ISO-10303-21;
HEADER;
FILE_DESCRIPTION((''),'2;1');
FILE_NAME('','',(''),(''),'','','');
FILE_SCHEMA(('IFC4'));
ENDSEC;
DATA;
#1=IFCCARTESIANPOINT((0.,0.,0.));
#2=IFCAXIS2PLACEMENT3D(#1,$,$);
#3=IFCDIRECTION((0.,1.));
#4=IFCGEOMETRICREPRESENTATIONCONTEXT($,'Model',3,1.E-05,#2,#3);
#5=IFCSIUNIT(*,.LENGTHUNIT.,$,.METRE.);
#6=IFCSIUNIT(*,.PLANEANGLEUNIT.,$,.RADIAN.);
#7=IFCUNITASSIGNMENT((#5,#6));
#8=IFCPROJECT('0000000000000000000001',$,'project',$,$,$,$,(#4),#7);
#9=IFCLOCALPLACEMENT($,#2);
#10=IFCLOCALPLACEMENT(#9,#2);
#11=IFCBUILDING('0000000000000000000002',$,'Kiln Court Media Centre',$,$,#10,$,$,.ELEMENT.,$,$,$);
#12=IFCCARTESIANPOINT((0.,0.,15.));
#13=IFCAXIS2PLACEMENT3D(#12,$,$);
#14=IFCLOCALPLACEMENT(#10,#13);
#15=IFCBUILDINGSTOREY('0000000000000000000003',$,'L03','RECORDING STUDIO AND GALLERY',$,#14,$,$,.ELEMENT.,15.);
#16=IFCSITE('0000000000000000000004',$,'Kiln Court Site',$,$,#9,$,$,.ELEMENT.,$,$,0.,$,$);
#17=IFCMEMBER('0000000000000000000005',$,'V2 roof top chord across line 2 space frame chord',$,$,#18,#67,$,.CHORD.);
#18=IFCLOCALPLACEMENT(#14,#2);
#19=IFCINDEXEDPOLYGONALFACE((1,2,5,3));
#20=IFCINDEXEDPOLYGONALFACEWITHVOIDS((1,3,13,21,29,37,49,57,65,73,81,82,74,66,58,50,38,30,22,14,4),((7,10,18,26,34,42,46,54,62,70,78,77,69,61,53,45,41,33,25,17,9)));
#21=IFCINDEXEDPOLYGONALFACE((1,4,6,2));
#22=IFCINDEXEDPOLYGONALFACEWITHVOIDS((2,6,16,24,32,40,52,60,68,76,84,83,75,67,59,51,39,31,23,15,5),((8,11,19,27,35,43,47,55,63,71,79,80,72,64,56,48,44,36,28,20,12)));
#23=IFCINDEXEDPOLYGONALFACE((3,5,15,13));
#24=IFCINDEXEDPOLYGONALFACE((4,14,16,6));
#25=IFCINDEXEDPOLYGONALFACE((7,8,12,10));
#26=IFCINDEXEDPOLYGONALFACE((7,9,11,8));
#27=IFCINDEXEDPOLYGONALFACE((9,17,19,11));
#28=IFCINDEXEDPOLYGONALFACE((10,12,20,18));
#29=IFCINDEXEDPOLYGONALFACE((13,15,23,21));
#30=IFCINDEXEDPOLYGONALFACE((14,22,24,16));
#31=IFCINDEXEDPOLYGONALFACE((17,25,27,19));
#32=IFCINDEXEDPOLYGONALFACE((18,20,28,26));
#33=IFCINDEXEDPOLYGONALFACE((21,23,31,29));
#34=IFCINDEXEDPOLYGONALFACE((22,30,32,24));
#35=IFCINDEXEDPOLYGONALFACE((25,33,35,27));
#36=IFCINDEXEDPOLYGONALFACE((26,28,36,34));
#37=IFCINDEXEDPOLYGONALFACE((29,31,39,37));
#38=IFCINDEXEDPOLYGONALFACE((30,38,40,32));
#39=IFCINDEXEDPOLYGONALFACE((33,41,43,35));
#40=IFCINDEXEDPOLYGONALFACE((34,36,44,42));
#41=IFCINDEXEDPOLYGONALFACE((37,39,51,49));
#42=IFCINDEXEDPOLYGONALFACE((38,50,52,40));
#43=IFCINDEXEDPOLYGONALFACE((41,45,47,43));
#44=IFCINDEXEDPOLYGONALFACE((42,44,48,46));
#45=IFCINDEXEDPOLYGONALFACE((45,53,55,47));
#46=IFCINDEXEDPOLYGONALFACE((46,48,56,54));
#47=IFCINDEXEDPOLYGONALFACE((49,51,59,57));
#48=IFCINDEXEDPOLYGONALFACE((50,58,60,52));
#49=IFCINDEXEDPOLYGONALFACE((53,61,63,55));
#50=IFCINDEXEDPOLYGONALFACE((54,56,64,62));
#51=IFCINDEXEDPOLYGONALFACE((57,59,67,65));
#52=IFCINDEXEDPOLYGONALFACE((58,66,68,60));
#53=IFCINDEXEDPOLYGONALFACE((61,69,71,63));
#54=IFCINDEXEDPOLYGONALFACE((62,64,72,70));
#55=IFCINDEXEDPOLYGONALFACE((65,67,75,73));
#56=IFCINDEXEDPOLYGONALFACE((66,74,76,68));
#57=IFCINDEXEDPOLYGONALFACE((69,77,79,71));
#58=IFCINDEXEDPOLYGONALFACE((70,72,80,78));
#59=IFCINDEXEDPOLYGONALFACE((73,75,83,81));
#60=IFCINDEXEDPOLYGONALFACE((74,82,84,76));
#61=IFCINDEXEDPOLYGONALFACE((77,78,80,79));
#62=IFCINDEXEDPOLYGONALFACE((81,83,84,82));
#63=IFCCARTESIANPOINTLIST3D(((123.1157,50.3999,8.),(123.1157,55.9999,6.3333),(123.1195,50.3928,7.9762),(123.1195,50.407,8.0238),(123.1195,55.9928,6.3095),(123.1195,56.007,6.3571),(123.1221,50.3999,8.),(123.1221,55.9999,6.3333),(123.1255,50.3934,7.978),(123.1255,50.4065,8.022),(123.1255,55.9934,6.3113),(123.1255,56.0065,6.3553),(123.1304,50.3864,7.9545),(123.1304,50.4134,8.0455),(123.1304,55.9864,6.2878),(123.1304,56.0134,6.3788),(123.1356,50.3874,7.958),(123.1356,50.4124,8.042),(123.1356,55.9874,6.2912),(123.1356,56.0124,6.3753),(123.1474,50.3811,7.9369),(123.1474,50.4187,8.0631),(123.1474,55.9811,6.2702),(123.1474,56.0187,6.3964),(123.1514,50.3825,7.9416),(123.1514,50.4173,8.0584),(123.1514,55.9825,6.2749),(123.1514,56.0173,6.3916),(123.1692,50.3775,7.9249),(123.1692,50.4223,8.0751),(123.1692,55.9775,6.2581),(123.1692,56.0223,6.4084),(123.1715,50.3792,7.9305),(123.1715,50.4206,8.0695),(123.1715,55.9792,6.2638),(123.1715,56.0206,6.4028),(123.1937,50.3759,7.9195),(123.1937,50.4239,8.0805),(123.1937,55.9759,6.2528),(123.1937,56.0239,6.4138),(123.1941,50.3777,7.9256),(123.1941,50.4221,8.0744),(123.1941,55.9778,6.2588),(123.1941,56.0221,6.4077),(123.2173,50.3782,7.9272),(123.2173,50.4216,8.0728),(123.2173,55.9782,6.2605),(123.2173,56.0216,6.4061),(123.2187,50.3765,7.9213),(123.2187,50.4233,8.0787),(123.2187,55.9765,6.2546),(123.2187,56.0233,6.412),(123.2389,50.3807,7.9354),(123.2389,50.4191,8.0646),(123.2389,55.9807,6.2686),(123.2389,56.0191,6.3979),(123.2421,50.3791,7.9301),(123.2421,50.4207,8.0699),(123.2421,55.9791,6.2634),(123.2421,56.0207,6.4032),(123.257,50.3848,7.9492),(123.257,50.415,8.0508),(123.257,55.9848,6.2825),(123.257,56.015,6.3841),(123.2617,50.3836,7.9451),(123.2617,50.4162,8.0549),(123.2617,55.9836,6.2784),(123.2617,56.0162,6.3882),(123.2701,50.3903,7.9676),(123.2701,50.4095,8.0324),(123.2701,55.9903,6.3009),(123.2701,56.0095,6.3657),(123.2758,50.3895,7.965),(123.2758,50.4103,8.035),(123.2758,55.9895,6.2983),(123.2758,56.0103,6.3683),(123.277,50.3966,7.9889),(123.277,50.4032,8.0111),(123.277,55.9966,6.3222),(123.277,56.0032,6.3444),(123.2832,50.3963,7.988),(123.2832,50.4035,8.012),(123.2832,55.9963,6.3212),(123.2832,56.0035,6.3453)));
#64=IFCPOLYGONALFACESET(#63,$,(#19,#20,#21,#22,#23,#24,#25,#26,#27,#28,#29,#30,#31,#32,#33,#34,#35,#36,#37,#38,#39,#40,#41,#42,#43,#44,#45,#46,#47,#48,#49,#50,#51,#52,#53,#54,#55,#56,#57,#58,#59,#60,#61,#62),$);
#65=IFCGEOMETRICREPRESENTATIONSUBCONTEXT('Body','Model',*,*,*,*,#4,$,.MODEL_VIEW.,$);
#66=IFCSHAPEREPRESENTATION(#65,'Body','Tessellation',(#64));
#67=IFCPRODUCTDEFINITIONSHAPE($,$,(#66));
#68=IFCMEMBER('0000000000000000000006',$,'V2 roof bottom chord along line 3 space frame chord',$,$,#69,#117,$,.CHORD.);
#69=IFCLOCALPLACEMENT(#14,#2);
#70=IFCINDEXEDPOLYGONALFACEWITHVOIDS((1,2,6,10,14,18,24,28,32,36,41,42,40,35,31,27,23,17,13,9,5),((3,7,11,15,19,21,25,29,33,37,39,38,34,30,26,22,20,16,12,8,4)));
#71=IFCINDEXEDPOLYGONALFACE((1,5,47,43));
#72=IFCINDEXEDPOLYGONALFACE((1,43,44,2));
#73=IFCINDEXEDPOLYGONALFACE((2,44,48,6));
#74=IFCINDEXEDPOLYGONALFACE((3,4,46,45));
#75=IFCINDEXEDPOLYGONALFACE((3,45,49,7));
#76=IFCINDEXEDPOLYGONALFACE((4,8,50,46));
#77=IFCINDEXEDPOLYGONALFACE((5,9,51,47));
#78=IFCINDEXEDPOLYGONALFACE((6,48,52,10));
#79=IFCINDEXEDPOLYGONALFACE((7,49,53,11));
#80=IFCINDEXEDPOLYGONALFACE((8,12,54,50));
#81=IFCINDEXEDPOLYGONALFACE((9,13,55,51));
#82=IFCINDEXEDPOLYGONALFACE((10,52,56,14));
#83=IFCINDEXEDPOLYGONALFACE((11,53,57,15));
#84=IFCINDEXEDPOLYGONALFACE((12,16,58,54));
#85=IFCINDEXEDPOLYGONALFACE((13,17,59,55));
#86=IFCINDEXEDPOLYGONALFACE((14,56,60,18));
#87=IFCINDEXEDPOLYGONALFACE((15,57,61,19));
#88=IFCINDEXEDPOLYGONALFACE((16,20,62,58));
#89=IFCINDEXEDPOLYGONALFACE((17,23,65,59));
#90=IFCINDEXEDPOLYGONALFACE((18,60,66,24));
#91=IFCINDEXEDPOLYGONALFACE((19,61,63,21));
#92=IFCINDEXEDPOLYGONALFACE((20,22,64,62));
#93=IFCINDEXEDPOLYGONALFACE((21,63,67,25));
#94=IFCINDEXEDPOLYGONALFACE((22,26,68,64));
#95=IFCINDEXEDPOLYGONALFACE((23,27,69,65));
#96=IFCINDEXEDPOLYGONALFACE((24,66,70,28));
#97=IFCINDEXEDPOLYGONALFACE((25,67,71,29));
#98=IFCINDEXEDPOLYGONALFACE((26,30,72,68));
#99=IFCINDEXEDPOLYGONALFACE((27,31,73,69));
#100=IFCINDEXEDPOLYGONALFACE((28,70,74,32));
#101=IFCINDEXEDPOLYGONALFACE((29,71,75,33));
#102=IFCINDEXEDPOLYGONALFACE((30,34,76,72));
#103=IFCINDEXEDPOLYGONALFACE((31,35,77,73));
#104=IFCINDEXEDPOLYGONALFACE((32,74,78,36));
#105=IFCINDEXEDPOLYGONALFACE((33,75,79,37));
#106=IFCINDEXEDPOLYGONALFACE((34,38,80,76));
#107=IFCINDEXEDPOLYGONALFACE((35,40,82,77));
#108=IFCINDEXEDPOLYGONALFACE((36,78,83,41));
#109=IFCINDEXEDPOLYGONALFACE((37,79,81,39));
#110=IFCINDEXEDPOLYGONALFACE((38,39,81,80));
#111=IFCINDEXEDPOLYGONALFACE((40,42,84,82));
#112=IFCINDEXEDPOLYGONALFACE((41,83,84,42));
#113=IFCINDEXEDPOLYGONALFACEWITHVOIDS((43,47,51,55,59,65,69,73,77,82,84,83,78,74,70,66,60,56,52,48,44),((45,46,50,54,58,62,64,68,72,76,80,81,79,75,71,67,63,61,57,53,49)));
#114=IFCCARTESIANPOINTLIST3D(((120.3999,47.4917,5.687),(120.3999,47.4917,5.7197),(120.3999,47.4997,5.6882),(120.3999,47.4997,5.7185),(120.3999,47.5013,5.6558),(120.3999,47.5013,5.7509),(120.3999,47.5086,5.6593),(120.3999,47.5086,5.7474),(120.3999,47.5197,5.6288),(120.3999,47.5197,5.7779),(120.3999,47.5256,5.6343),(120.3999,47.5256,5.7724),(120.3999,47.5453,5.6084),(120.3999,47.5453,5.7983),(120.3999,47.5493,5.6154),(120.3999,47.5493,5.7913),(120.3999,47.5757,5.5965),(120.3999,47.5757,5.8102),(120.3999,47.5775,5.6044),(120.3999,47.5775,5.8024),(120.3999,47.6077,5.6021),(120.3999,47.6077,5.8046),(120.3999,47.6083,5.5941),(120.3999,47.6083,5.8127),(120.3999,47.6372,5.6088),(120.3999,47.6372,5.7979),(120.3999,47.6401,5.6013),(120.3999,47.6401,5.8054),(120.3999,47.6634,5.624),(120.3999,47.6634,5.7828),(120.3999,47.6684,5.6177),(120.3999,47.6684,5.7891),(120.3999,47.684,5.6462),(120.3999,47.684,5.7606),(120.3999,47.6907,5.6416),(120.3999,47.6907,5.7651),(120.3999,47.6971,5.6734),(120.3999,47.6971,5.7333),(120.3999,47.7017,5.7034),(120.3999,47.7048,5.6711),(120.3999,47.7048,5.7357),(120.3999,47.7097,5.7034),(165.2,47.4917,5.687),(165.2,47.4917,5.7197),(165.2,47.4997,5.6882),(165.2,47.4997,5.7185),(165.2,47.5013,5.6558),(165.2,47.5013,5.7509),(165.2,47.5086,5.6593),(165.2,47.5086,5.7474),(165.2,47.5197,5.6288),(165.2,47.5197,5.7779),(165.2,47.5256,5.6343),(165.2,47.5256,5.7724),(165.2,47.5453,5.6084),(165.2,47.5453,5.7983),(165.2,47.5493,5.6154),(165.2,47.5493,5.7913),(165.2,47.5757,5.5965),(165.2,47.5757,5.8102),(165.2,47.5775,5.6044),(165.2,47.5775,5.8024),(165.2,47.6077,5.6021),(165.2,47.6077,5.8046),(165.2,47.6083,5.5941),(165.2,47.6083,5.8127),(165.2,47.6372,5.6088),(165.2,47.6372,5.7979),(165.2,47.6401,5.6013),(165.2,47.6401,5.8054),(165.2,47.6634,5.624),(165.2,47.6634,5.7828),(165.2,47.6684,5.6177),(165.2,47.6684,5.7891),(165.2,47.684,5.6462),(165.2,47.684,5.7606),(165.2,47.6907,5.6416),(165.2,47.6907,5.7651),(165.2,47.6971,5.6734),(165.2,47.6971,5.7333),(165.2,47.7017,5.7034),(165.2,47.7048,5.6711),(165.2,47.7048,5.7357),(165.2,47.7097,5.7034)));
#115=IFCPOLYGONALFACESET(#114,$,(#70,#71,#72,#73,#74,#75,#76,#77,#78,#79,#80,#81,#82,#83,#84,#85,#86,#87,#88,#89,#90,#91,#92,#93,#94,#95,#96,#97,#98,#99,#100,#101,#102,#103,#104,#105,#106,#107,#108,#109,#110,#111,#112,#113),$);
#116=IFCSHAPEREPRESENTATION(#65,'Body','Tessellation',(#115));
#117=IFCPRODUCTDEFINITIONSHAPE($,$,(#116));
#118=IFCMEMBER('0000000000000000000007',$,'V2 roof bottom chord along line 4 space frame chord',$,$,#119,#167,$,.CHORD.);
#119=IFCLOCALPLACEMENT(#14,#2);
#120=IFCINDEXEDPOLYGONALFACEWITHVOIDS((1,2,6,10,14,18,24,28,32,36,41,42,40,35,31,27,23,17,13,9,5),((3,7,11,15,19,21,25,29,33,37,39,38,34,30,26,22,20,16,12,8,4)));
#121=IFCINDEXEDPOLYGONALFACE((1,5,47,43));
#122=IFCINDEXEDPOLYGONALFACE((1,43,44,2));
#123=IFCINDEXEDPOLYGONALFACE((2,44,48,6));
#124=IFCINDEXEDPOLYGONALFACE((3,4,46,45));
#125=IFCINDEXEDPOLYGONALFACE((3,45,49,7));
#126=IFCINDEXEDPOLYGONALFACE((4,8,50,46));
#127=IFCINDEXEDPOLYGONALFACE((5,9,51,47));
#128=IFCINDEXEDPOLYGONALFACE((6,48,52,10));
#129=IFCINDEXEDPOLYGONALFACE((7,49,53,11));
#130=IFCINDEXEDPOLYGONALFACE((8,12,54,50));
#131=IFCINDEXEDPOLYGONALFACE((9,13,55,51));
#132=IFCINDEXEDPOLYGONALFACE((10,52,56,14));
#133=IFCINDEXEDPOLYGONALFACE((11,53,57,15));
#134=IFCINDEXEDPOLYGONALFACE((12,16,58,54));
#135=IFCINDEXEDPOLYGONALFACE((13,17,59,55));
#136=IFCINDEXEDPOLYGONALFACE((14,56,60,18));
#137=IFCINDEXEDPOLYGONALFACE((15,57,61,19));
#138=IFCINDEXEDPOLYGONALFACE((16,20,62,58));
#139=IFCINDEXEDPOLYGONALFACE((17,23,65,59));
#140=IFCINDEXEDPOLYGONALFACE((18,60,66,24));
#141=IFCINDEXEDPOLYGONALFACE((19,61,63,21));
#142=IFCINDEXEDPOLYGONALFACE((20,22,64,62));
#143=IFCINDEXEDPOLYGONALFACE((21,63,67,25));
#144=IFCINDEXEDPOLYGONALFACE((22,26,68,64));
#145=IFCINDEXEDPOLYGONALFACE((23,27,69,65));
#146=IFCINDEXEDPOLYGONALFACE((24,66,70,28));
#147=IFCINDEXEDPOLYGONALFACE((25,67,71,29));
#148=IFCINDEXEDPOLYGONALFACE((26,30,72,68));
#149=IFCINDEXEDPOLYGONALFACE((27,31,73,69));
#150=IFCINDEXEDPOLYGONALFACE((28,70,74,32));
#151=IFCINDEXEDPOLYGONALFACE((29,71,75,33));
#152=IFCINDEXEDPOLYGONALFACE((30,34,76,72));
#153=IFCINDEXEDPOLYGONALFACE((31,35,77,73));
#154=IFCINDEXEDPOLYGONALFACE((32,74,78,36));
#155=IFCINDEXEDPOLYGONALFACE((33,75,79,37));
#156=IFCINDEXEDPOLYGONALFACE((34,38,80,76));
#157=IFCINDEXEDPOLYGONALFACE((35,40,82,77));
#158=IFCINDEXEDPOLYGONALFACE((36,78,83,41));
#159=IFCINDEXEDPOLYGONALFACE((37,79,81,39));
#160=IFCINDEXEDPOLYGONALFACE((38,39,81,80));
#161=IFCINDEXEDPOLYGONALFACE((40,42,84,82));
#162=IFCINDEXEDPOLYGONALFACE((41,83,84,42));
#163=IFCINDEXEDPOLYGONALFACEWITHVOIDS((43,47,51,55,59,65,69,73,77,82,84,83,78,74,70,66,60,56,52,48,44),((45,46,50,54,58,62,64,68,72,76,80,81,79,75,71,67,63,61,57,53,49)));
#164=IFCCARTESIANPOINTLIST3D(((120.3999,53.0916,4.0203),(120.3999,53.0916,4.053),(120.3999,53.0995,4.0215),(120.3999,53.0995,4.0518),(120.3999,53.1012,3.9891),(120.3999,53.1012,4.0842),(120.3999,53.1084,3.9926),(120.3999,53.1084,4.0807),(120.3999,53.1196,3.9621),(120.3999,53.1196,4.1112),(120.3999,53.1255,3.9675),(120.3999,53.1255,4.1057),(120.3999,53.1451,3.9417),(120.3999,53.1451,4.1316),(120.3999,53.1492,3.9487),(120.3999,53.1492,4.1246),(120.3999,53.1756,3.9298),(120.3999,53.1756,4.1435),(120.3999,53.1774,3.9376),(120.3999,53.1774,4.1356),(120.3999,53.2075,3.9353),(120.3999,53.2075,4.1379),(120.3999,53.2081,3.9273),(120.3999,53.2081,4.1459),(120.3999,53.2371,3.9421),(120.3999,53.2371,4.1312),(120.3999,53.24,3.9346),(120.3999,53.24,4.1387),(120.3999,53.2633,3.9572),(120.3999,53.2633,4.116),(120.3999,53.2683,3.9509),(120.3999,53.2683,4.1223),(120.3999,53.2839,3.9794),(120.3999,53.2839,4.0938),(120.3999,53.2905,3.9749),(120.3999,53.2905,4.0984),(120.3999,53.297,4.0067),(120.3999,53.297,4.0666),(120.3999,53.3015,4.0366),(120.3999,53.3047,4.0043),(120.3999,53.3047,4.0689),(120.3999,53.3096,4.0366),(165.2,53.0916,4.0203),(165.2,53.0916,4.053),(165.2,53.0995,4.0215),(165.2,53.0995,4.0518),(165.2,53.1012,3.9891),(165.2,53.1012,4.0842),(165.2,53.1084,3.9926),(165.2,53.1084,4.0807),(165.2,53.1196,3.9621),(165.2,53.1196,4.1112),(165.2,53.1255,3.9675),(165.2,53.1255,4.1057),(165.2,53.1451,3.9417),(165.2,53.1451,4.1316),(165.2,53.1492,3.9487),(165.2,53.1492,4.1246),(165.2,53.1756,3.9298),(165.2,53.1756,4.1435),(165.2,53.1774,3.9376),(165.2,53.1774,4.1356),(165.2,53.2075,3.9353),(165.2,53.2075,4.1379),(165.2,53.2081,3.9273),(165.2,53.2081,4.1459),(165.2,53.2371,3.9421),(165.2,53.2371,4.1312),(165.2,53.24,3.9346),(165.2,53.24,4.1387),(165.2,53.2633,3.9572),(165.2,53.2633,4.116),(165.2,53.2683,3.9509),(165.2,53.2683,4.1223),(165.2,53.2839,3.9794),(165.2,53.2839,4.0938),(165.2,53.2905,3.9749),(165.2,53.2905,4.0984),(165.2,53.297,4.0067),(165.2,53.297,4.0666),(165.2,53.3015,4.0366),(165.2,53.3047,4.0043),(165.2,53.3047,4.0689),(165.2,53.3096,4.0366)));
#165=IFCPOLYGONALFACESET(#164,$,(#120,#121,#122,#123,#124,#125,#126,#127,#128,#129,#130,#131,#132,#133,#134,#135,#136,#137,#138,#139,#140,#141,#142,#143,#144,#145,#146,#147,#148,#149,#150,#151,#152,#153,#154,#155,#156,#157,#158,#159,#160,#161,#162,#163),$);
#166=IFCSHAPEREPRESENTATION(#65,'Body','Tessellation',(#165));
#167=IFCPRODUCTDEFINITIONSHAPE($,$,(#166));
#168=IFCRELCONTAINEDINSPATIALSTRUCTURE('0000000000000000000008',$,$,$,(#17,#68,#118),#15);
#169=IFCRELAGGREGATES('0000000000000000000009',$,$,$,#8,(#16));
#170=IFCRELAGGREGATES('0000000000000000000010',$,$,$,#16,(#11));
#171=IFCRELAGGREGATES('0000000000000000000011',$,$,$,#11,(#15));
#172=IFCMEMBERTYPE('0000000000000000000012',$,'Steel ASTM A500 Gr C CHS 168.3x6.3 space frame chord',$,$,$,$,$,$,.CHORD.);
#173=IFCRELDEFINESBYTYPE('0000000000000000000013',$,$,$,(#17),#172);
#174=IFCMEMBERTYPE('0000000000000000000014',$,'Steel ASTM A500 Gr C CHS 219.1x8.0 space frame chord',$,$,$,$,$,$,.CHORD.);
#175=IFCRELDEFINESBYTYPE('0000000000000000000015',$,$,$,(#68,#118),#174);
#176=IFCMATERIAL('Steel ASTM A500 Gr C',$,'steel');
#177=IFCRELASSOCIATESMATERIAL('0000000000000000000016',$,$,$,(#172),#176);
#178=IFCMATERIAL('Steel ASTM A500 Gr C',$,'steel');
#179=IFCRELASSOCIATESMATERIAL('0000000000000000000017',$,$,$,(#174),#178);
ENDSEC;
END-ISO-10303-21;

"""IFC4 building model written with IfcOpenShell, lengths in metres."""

from ifc_helpers import new_model, si_unit, direction, frame, origin, origin_2d, place, context, subcontext, project, spatial, hollow_circle, extrude, material, material_profile, profile_set, type_object, element, save


model = new_model("IFC4")

# Units and contexts
model_context = context("Model", 3, precision=1e-05, world=origin(), true_north=direction((0.0, 1.0)))
body_context = subcontext(model_context, "Body", "Model", "MODEL_VIEW")
ifc_project = project(units=[si_unit("LENGTHUNIT", "METRE"), si_unit("PLANEANGLEUNIT", "RADIAN")], contexts=[model_context])

# Site, building, storey
site_placement = place(None, origin())
site = spatial("IfcSite", under=ifc_project, at=site_placement, Name="Kiln Court Site", CompositionType="ELEMENT", RefElevation=0.0)
building_placement = place(site_placement, origin())
building = spatial("IfcBuilding", under=site, at=building_placement, Name="Kiln Court Media Centre", CompositionType="ELEMENT")
storey_placement = place(building_placement, frame((0.0, 0.0, 15.0)))
storey = spatial("IfcBuildingStorey", under=building, at=storey_placement, Name="L03", Description="RECORDING STUDIO AND GALLERY", CompositionType="ELEMENT", Elevation=15.0)

# Members
ifc_material_1 = material(Name="Steel ASTM A500 Gr C", Category="steel")
ifc_material_profile_1 = material_profile(ifc_material_1, hollow_circle(Radius=0.0842, WallThickness=0.0063, at=origin_2d()), Name="CHS 168.3x6.3")
ifc_profile_set_1 = profile_set([ifc_material_profile_1], Name="Steel ASTM A500 Gr C")
member_type_1 = type_object("IfcMemberType", Name="Steel ASTM A500 Gr C CHS 168.3x6.3 space frame chord", PredefinedType="CHORD", material=ifc_profile_set_1)
member_1_placement = place(storey_placement, frame((123.2, 50.3999, 8.0), z_axis=(0.0, 0.95845, -0.285262), x_axis=(-1.0, 0.0, 0.0)))
element("IfcMember", 1, at=member_1_placement, inside=storey, type_object=member_type_1, Name="V2 roof top chord across line 2 space frame chord", PredefinedType="CHORD", context=body_context, shape_type="SweptSolid", body=[
    extrude(hollow_circle(Radius=0.0842, WallThickness=0.0063, at=origin_2d()), origin(), (0.0, 0.0, 1.0), 5.8428),
])
ifc_material_2 = material(Name="Steel ASTM A500 Gr C", Category="steel")
ifc_material_profile_2 = material_profile(ifc_material_2, hollow_circle(Radius=0.1096, WallThickness=0.0081, at=origin_2d()), Name="CHS 219.1x8.0")
ifc_profile_set_2 = profile_set([ifc_material_profile_2], Name="Steel ASTM A500 Gr C")
member_type_2 = type_object("IfcMemberType", Name="Steel ASTM A500 Gr C CHS 219.1x8.0 space frame chord", PredefinedType="CHORD", material=ifc_profile_set_2)
for number, where, z_axis, x_axis, name in (
    (2, (120.3999, 47.6001, 5.7034), (1.0, 0.0, 0.0), (0.0, 1.0, 0.0), "V2 roof bottom chord along line 3 space frame chord"),
    (3, (120.3999, 53.2, 4.0366), (1.0, 0.0, 0.0), (0.0, 1.0, 0.0), "V2 roof bottom chord along line 4 space frame chord"),
):
    element("IfcMember", number, at=place(storey_placement, frame(where, z_axis=z_axis, x_axis=x_axis)), inside=storey, type_object=member_type_2, Name=name, PredefinedType="CHORD", context=body_context, shape_type="SweptSolid", body=[
        extrude(hollow_circle(Radius=0.1096, WallThickness=0.0081, at=origin_2d()), origin(), (0.0, 0.0, 1.0), 44.8),
    ])

save(model, "model.ifc")
